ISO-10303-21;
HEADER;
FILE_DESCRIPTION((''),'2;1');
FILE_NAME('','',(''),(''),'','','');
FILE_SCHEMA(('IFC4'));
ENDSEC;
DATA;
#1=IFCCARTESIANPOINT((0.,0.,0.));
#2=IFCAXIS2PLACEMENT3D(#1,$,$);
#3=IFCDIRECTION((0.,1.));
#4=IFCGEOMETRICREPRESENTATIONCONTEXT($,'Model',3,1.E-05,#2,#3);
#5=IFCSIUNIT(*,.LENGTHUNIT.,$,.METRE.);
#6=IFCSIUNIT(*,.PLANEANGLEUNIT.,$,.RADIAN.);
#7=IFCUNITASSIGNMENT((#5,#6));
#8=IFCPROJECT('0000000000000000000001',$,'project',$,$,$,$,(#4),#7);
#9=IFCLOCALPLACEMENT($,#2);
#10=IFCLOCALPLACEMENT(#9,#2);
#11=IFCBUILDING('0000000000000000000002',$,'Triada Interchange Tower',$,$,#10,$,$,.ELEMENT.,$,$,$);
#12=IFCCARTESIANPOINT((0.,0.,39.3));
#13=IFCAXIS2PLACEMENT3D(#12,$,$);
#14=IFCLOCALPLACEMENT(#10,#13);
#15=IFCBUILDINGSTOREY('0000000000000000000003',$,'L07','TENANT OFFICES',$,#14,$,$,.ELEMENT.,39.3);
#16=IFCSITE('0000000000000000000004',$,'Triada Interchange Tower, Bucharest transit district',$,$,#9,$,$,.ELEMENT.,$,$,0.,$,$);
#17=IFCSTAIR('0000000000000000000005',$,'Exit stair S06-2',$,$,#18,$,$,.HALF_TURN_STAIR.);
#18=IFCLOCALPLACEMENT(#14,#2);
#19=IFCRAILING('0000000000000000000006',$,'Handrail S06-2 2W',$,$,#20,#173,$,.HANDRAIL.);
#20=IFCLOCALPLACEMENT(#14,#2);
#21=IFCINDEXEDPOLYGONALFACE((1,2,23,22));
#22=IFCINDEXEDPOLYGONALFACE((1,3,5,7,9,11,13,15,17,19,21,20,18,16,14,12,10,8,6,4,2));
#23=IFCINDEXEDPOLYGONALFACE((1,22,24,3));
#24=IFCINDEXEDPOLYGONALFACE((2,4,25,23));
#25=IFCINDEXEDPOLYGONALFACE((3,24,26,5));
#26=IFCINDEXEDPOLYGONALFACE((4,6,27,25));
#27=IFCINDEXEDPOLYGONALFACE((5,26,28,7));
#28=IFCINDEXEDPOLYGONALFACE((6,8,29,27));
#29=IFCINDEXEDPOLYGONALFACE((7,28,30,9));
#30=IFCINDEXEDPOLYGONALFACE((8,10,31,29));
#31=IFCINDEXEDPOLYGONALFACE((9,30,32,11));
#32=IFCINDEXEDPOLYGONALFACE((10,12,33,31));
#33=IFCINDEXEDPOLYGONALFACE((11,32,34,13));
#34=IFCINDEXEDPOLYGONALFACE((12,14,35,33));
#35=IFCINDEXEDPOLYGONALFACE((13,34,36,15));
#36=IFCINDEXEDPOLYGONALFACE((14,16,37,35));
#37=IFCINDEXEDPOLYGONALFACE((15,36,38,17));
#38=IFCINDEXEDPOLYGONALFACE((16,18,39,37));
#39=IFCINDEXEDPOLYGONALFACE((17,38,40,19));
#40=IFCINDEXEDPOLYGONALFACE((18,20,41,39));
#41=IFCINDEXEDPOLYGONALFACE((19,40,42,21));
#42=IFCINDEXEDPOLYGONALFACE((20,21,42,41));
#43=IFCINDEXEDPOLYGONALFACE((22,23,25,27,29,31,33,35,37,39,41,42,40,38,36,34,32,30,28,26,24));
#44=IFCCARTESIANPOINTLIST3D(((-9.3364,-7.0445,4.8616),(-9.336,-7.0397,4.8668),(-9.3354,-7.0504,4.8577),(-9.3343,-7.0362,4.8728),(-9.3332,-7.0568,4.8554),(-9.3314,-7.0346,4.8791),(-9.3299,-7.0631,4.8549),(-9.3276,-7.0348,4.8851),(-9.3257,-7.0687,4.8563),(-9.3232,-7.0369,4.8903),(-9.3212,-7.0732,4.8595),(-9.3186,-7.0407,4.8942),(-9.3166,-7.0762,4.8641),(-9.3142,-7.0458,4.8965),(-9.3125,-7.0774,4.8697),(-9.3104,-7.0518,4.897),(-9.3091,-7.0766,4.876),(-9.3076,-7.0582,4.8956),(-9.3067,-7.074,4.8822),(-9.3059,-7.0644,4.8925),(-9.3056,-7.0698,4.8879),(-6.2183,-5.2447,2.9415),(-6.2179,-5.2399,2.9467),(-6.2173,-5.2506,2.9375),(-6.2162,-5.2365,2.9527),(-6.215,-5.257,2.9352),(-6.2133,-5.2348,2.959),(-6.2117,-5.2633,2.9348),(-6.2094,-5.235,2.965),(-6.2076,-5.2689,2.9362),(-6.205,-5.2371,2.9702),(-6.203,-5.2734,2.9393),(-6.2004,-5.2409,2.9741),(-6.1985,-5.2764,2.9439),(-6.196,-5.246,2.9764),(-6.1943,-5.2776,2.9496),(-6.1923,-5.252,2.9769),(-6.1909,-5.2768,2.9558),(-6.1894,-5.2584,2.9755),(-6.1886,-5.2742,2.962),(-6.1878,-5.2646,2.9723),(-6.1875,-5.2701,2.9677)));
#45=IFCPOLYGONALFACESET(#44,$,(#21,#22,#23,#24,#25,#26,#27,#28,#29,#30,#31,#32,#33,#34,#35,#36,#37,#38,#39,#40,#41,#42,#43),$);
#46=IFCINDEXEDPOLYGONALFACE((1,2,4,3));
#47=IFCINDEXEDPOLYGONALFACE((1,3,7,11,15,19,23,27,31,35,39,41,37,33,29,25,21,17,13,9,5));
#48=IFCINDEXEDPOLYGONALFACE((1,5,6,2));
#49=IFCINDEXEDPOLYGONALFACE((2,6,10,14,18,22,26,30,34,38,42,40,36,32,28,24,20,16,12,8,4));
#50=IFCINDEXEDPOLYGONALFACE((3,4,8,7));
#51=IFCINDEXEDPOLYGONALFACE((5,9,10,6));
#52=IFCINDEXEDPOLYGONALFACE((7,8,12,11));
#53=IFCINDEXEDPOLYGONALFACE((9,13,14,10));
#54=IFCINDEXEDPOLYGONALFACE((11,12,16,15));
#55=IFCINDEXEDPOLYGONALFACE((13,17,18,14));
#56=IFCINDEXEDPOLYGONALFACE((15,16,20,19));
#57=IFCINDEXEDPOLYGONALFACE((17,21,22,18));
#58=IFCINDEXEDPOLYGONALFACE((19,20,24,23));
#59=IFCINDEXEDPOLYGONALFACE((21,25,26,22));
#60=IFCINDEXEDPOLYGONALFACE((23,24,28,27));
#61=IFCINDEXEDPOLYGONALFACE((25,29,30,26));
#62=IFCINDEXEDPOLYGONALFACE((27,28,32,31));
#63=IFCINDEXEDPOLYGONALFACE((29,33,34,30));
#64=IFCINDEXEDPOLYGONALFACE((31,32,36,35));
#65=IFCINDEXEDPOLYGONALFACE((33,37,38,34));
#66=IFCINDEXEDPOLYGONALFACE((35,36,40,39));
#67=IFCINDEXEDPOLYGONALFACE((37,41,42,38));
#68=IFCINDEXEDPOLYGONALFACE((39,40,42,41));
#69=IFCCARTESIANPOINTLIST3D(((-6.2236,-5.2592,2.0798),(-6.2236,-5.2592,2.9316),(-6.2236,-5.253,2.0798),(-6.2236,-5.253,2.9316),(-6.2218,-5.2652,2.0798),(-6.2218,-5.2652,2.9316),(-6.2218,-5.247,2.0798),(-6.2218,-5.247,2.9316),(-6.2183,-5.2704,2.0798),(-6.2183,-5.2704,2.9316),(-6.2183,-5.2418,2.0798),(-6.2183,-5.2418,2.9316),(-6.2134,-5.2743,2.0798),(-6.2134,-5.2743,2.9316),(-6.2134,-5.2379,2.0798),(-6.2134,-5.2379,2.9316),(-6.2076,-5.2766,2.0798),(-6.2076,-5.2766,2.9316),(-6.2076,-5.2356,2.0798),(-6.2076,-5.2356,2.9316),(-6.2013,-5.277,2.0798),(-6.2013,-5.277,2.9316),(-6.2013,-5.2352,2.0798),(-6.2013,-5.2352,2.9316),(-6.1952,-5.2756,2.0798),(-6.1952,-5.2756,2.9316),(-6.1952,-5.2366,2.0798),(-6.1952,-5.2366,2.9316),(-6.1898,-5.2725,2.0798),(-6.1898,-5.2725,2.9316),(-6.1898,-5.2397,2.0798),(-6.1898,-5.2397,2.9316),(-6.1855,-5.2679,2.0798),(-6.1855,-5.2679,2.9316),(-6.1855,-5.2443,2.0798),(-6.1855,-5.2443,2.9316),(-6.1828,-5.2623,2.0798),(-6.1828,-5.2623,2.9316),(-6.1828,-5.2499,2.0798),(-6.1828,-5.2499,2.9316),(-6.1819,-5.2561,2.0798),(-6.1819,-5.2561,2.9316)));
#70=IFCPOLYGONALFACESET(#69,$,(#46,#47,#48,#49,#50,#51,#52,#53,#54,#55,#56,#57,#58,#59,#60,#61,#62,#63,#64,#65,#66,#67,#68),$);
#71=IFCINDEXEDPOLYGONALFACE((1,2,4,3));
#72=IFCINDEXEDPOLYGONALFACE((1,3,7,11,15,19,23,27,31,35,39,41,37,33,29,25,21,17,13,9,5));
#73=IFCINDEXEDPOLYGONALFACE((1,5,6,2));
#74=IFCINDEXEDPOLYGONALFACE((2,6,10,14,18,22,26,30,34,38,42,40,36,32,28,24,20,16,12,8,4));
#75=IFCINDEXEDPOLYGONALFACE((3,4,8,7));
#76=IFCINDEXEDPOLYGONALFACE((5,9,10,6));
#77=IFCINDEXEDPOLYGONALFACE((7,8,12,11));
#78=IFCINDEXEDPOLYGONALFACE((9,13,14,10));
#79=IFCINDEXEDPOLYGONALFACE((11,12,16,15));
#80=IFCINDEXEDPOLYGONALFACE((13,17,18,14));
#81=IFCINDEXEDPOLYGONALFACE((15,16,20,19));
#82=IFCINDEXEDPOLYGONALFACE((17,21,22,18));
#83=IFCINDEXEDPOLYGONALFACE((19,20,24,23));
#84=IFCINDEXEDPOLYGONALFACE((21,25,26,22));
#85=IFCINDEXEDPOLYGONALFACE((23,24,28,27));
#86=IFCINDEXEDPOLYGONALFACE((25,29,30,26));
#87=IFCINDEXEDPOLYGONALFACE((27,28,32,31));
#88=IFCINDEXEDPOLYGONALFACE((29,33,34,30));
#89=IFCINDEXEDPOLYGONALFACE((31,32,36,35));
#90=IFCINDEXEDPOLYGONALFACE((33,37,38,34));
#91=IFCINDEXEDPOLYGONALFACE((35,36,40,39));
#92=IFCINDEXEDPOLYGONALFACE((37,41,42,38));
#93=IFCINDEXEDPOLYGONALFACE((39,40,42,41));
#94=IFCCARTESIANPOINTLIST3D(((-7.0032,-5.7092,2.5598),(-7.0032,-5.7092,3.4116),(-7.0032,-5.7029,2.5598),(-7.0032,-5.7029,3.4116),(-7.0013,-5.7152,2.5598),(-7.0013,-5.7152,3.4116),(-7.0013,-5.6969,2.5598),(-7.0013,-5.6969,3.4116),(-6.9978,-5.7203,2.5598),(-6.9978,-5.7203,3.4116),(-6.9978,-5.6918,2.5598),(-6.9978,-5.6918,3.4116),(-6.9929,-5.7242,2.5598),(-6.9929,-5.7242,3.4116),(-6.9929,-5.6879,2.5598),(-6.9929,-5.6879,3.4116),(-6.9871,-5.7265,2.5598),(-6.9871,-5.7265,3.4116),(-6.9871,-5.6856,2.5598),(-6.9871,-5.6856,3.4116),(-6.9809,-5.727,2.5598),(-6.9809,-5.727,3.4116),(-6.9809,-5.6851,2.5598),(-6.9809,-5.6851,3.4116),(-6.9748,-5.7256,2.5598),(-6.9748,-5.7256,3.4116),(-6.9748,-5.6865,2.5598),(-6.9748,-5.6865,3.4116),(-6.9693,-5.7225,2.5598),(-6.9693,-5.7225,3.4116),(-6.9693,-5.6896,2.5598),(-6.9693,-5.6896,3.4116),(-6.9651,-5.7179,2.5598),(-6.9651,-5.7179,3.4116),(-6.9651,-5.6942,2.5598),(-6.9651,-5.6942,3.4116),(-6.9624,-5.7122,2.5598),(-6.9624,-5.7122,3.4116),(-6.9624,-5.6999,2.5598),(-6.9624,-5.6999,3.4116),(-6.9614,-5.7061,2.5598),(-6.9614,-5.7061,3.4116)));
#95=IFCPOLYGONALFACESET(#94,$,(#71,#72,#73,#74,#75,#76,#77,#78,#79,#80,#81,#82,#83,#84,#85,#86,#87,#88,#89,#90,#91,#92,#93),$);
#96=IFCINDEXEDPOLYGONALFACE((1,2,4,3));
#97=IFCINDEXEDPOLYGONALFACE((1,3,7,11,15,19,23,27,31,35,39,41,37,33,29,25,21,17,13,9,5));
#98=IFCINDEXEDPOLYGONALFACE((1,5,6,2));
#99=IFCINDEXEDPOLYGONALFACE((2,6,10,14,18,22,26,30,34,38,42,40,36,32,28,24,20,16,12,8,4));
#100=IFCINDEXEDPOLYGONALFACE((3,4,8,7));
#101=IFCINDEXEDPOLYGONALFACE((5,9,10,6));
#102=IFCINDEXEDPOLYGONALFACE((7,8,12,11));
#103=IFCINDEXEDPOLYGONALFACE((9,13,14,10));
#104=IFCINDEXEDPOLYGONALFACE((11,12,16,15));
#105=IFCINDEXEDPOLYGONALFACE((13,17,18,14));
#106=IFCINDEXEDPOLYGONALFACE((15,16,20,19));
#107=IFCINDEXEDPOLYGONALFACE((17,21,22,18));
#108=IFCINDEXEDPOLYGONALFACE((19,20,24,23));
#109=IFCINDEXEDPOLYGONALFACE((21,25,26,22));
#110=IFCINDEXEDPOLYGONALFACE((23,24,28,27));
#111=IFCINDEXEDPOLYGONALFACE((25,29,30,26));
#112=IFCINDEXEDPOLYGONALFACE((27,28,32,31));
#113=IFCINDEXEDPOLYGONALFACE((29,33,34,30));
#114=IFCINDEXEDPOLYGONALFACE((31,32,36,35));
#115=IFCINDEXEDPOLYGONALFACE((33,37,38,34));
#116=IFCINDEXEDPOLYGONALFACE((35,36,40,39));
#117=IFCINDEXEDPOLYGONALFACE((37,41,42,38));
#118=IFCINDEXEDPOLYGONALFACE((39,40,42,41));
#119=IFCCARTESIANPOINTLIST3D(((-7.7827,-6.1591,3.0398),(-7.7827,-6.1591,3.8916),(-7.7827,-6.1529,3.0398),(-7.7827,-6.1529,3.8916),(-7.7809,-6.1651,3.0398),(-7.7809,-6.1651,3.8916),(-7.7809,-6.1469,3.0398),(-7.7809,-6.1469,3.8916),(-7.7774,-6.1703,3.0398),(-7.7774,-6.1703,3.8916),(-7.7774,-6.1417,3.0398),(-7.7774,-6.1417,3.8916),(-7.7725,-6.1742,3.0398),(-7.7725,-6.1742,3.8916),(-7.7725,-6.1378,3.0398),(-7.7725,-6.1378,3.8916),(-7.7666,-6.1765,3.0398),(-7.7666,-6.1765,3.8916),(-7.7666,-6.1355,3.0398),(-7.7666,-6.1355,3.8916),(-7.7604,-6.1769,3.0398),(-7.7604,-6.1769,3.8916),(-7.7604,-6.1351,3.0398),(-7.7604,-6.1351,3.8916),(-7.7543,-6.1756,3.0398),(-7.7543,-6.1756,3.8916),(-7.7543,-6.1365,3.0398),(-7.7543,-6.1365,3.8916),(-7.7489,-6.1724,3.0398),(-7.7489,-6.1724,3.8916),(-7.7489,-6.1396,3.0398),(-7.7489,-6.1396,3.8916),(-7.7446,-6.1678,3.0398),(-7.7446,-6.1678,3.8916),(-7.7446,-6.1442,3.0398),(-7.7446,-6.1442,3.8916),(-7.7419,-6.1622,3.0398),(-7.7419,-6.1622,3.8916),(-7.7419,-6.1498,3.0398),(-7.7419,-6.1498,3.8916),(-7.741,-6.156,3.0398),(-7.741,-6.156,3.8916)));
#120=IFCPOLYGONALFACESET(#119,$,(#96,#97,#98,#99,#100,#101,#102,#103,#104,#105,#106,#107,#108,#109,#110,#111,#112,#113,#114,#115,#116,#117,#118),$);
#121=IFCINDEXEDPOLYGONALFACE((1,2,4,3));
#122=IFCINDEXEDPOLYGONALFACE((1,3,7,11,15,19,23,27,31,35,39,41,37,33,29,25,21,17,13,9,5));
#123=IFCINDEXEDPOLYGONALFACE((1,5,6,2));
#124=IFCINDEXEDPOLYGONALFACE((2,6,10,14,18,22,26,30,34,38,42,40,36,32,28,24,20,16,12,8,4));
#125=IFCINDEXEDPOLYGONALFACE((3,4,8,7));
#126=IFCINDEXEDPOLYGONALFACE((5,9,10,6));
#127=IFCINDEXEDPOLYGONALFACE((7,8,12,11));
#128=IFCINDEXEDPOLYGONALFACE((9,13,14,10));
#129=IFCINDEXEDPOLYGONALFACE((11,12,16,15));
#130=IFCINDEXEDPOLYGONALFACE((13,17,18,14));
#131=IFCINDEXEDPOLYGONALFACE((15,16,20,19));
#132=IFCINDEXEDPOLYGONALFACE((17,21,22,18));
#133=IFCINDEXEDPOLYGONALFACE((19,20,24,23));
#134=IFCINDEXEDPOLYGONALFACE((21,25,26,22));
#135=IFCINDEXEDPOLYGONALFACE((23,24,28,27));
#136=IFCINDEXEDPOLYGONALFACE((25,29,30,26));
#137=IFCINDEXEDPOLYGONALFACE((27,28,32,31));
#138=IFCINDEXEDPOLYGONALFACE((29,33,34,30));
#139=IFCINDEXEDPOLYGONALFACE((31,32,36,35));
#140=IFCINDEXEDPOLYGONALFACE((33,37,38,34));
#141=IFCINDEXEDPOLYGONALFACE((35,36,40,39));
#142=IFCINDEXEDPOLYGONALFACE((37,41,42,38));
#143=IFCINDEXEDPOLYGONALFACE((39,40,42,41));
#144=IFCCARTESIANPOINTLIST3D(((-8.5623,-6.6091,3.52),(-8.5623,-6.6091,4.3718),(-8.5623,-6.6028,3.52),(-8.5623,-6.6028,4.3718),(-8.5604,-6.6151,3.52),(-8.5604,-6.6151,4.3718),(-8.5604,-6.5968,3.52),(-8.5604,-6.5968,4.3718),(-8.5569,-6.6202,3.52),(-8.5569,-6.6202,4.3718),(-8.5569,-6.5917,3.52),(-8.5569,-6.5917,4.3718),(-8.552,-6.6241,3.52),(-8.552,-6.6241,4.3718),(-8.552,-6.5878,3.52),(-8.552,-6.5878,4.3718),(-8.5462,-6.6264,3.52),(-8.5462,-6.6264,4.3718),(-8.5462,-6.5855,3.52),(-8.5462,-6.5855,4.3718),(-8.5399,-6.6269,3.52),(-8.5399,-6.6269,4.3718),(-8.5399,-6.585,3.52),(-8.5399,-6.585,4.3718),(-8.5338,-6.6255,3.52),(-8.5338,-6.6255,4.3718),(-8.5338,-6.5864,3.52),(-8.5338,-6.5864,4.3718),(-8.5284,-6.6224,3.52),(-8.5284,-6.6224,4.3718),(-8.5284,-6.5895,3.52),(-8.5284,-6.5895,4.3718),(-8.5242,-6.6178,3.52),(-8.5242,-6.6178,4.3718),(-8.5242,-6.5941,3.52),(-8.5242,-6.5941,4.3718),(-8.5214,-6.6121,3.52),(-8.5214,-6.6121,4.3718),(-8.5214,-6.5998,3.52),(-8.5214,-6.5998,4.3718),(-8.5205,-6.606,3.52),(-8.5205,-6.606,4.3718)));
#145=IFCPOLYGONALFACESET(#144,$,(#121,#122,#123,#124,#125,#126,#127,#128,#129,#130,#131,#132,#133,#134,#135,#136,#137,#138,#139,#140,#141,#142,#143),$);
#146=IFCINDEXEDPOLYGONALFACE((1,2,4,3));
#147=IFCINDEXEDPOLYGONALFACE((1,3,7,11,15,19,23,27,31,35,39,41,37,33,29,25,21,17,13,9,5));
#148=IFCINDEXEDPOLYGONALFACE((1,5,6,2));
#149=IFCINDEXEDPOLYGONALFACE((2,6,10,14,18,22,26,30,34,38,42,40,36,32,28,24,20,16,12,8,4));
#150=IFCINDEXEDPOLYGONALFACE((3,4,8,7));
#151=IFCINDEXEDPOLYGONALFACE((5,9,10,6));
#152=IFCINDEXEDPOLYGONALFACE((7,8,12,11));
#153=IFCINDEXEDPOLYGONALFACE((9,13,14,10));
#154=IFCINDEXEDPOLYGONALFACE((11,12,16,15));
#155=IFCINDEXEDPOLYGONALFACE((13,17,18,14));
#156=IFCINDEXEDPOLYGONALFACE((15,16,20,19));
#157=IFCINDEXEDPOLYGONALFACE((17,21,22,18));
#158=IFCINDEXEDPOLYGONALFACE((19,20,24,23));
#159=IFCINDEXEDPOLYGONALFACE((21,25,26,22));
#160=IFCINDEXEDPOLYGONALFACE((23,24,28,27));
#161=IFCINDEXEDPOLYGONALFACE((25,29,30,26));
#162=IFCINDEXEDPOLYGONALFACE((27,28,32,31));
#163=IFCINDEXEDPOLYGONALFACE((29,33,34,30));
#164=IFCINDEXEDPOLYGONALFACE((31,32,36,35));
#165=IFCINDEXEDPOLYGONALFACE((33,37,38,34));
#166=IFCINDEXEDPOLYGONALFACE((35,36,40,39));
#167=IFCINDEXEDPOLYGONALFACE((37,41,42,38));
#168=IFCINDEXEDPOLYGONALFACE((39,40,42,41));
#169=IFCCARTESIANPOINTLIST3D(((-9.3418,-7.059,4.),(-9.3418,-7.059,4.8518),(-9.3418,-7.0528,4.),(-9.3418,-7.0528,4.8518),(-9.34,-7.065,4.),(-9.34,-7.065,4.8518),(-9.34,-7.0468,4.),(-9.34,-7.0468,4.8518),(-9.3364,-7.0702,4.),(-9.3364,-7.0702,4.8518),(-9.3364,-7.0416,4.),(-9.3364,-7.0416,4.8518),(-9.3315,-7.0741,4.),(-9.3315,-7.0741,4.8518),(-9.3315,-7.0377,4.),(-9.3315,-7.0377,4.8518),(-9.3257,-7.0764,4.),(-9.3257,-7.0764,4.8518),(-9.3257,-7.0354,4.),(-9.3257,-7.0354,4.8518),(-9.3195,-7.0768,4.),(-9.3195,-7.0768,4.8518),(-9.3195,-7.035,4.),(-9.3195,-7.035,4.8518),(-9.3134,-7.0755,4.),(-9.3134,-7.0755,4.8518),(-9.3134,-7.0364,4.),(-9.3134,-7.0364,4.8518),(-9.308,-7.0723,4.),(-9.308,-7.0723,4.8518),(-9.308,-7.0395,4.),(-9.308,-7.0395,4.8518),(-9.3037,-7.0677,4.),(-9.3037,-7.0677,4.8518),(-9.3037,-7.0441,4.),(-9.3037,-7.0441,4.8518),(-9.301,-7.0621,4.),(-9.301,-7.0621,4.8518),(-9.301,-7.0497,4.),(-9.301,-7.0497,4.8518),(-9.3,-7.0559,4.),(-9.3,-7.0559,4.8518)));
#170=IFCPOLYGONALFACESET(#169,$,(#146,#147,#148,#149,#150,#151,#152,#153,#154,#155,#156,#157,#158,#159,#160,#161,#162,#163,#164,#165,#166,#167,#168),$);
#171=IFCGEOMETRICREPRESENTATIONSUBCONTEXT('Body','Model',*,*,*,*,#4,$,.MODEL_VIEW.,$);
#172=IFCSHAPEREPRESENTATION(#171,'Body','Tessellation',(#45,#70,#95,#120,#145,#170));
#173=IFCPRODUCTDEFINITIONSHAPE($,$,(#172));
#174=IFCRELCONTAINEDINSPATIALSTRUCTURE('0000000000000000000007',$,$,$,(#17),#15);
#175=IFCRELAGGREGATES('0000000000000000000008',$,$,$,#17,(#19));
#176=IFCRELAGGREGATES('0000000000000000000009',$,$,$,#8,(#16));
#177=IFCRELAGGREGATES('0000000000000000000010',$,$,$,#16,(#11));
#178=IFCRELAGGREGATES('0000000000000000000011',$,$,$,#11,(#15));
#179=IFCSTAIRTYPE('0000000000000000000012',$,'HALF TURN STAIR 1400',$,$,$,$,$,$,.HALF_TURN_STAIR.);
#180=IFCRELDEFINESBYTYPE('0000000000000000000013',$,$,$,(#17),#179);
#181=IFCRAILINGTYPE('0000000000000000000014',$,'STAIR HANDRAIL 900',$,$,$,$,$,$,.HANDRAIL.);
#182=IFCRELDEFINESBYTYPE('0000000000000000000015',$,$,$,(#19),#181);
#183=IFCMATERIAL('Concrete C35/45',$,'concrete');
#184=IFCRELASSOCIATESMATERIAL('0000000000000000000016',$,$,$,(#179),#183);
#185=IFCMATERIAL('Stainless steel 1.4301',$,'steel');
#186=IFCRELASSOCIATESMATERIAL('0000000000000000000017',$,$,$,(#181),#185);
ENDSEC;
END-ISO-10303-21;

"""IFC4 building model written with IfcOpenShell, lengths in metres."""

from ifc_helpers import new_model, si_unit, direction, frame, origin, origin_2d, place, context, subcontext, project, spatial, circle, extrude, material, type_object, element, aggregate, save


model = new_model("IFC4")

# Units and contexts
model_context = context("Model", 3, precision=1e-05, world=origin(), true_north=direction((0.0, 1.0)))
body_context = subcontext(model_context, "Body", "Model", "MODEL_VIEW")
ifc_project = project(units=[si_unit("LENGTHUNIT", "METRE"), si_unit("PLANEANGLEUNIT", "RADIAN")], contexts=[model_context])

# Site, building, storey
site_placement = place(None, origin())
site = spatial("IfcSite", under=ifc_project, at=site_placement, Name="Triada Interchange Tower, Bucharest transit district", CompositionType="ELEMENT", RefElevation=0.0)
building_placement = place(site_placement, origin())
building = spatial("IfcBuilding", under=site, at=building_placement, Name="Triada Interchange Tower", CompositionType="ELEMENT")
storey_placement = place(building_placement, frame((0.0, 0.0, 39.3)))
storey = spatial("IfcBuildingStorey", under=building, at=storey_placement, Name="L07", Description="TENANT OFFICES", CompositionType="ELEMENT", Elevation=39.3)

# Stair, railing
ifc_material_1 = material(Name="Concrete C35/45", Category="concrete")
stair_type = type_object("IfcStairType", Name="HALF TURN STAIR 1400", PredefinedType="HALF_TURN_STAIR", material=ifc_material_1)
stair_placement = place(storey_placement, origin())
stair = element("IfcStair", 1, at=stair_placement, inside=storey, type_object=stair_type, Name="Exit stair S06-2", PredefinedType="HALF_TURN_STAIR")
ifc_material_2 = material(Name="Stainless steel 1.4301", Category="steel")
railing_type = type_object("IfcRailingType", Name="STAIR HANDRAIL 900", PredefinedType="HANDRAIL", material=ifc_material_2)
railing_1_placement = place(storey_placement, frame((-6.2029, -5.2561, 2.0798)))
railing_1 = element("IfcRailing", 2, at=railing_1_placement, type_object=railing_type, Name="Handrail S06-2 2W", PredefinedType="HANDRAIL", context=body_context, shape_type="SweptSolid", body=[
    extrude(circle(Radius=0.0239, at=origin_2d()), frame((0.0, 0.0, 0.876), z_axis=(-0.76419, -0.44109, 0.470588), x_axis=(0.499902, -0.866082, 0.0)), (0.0, 0.0, 1.0), 4.0803),
    extrude(circle(Radius=0.021, at=origin_2d()), origin(), (0.0, 0.0, 1.0), 0.8518),
    extrude(circle(Radius=0.021, at=origin_2d()), frame((-0.7795, -0.45, 0.48)), (0.0, 0.0, 1.0), 0.8518),
    extrude(circle(Radius=0.021, at=origin_2d()), frame((-1.5591, -0.8999, 0.96)), (0.0, 0.0, 1.0), 0.8518),
    extrude(circle(Radius=0.021, at=origin_2d()), frame((-2.3386, -1.3499, 1.4402)), (0.0, 0.0, 1.0), 0.8518),
    extrude(circle(Radius=0.021, at=origin_2d()), frame((-3.1182, -1.7998, 1.9202)), (0.0, 0.0, 1.0), 0.8518),
])
aggregate(stair, [railing_1])

save(model, "model.ifc")
